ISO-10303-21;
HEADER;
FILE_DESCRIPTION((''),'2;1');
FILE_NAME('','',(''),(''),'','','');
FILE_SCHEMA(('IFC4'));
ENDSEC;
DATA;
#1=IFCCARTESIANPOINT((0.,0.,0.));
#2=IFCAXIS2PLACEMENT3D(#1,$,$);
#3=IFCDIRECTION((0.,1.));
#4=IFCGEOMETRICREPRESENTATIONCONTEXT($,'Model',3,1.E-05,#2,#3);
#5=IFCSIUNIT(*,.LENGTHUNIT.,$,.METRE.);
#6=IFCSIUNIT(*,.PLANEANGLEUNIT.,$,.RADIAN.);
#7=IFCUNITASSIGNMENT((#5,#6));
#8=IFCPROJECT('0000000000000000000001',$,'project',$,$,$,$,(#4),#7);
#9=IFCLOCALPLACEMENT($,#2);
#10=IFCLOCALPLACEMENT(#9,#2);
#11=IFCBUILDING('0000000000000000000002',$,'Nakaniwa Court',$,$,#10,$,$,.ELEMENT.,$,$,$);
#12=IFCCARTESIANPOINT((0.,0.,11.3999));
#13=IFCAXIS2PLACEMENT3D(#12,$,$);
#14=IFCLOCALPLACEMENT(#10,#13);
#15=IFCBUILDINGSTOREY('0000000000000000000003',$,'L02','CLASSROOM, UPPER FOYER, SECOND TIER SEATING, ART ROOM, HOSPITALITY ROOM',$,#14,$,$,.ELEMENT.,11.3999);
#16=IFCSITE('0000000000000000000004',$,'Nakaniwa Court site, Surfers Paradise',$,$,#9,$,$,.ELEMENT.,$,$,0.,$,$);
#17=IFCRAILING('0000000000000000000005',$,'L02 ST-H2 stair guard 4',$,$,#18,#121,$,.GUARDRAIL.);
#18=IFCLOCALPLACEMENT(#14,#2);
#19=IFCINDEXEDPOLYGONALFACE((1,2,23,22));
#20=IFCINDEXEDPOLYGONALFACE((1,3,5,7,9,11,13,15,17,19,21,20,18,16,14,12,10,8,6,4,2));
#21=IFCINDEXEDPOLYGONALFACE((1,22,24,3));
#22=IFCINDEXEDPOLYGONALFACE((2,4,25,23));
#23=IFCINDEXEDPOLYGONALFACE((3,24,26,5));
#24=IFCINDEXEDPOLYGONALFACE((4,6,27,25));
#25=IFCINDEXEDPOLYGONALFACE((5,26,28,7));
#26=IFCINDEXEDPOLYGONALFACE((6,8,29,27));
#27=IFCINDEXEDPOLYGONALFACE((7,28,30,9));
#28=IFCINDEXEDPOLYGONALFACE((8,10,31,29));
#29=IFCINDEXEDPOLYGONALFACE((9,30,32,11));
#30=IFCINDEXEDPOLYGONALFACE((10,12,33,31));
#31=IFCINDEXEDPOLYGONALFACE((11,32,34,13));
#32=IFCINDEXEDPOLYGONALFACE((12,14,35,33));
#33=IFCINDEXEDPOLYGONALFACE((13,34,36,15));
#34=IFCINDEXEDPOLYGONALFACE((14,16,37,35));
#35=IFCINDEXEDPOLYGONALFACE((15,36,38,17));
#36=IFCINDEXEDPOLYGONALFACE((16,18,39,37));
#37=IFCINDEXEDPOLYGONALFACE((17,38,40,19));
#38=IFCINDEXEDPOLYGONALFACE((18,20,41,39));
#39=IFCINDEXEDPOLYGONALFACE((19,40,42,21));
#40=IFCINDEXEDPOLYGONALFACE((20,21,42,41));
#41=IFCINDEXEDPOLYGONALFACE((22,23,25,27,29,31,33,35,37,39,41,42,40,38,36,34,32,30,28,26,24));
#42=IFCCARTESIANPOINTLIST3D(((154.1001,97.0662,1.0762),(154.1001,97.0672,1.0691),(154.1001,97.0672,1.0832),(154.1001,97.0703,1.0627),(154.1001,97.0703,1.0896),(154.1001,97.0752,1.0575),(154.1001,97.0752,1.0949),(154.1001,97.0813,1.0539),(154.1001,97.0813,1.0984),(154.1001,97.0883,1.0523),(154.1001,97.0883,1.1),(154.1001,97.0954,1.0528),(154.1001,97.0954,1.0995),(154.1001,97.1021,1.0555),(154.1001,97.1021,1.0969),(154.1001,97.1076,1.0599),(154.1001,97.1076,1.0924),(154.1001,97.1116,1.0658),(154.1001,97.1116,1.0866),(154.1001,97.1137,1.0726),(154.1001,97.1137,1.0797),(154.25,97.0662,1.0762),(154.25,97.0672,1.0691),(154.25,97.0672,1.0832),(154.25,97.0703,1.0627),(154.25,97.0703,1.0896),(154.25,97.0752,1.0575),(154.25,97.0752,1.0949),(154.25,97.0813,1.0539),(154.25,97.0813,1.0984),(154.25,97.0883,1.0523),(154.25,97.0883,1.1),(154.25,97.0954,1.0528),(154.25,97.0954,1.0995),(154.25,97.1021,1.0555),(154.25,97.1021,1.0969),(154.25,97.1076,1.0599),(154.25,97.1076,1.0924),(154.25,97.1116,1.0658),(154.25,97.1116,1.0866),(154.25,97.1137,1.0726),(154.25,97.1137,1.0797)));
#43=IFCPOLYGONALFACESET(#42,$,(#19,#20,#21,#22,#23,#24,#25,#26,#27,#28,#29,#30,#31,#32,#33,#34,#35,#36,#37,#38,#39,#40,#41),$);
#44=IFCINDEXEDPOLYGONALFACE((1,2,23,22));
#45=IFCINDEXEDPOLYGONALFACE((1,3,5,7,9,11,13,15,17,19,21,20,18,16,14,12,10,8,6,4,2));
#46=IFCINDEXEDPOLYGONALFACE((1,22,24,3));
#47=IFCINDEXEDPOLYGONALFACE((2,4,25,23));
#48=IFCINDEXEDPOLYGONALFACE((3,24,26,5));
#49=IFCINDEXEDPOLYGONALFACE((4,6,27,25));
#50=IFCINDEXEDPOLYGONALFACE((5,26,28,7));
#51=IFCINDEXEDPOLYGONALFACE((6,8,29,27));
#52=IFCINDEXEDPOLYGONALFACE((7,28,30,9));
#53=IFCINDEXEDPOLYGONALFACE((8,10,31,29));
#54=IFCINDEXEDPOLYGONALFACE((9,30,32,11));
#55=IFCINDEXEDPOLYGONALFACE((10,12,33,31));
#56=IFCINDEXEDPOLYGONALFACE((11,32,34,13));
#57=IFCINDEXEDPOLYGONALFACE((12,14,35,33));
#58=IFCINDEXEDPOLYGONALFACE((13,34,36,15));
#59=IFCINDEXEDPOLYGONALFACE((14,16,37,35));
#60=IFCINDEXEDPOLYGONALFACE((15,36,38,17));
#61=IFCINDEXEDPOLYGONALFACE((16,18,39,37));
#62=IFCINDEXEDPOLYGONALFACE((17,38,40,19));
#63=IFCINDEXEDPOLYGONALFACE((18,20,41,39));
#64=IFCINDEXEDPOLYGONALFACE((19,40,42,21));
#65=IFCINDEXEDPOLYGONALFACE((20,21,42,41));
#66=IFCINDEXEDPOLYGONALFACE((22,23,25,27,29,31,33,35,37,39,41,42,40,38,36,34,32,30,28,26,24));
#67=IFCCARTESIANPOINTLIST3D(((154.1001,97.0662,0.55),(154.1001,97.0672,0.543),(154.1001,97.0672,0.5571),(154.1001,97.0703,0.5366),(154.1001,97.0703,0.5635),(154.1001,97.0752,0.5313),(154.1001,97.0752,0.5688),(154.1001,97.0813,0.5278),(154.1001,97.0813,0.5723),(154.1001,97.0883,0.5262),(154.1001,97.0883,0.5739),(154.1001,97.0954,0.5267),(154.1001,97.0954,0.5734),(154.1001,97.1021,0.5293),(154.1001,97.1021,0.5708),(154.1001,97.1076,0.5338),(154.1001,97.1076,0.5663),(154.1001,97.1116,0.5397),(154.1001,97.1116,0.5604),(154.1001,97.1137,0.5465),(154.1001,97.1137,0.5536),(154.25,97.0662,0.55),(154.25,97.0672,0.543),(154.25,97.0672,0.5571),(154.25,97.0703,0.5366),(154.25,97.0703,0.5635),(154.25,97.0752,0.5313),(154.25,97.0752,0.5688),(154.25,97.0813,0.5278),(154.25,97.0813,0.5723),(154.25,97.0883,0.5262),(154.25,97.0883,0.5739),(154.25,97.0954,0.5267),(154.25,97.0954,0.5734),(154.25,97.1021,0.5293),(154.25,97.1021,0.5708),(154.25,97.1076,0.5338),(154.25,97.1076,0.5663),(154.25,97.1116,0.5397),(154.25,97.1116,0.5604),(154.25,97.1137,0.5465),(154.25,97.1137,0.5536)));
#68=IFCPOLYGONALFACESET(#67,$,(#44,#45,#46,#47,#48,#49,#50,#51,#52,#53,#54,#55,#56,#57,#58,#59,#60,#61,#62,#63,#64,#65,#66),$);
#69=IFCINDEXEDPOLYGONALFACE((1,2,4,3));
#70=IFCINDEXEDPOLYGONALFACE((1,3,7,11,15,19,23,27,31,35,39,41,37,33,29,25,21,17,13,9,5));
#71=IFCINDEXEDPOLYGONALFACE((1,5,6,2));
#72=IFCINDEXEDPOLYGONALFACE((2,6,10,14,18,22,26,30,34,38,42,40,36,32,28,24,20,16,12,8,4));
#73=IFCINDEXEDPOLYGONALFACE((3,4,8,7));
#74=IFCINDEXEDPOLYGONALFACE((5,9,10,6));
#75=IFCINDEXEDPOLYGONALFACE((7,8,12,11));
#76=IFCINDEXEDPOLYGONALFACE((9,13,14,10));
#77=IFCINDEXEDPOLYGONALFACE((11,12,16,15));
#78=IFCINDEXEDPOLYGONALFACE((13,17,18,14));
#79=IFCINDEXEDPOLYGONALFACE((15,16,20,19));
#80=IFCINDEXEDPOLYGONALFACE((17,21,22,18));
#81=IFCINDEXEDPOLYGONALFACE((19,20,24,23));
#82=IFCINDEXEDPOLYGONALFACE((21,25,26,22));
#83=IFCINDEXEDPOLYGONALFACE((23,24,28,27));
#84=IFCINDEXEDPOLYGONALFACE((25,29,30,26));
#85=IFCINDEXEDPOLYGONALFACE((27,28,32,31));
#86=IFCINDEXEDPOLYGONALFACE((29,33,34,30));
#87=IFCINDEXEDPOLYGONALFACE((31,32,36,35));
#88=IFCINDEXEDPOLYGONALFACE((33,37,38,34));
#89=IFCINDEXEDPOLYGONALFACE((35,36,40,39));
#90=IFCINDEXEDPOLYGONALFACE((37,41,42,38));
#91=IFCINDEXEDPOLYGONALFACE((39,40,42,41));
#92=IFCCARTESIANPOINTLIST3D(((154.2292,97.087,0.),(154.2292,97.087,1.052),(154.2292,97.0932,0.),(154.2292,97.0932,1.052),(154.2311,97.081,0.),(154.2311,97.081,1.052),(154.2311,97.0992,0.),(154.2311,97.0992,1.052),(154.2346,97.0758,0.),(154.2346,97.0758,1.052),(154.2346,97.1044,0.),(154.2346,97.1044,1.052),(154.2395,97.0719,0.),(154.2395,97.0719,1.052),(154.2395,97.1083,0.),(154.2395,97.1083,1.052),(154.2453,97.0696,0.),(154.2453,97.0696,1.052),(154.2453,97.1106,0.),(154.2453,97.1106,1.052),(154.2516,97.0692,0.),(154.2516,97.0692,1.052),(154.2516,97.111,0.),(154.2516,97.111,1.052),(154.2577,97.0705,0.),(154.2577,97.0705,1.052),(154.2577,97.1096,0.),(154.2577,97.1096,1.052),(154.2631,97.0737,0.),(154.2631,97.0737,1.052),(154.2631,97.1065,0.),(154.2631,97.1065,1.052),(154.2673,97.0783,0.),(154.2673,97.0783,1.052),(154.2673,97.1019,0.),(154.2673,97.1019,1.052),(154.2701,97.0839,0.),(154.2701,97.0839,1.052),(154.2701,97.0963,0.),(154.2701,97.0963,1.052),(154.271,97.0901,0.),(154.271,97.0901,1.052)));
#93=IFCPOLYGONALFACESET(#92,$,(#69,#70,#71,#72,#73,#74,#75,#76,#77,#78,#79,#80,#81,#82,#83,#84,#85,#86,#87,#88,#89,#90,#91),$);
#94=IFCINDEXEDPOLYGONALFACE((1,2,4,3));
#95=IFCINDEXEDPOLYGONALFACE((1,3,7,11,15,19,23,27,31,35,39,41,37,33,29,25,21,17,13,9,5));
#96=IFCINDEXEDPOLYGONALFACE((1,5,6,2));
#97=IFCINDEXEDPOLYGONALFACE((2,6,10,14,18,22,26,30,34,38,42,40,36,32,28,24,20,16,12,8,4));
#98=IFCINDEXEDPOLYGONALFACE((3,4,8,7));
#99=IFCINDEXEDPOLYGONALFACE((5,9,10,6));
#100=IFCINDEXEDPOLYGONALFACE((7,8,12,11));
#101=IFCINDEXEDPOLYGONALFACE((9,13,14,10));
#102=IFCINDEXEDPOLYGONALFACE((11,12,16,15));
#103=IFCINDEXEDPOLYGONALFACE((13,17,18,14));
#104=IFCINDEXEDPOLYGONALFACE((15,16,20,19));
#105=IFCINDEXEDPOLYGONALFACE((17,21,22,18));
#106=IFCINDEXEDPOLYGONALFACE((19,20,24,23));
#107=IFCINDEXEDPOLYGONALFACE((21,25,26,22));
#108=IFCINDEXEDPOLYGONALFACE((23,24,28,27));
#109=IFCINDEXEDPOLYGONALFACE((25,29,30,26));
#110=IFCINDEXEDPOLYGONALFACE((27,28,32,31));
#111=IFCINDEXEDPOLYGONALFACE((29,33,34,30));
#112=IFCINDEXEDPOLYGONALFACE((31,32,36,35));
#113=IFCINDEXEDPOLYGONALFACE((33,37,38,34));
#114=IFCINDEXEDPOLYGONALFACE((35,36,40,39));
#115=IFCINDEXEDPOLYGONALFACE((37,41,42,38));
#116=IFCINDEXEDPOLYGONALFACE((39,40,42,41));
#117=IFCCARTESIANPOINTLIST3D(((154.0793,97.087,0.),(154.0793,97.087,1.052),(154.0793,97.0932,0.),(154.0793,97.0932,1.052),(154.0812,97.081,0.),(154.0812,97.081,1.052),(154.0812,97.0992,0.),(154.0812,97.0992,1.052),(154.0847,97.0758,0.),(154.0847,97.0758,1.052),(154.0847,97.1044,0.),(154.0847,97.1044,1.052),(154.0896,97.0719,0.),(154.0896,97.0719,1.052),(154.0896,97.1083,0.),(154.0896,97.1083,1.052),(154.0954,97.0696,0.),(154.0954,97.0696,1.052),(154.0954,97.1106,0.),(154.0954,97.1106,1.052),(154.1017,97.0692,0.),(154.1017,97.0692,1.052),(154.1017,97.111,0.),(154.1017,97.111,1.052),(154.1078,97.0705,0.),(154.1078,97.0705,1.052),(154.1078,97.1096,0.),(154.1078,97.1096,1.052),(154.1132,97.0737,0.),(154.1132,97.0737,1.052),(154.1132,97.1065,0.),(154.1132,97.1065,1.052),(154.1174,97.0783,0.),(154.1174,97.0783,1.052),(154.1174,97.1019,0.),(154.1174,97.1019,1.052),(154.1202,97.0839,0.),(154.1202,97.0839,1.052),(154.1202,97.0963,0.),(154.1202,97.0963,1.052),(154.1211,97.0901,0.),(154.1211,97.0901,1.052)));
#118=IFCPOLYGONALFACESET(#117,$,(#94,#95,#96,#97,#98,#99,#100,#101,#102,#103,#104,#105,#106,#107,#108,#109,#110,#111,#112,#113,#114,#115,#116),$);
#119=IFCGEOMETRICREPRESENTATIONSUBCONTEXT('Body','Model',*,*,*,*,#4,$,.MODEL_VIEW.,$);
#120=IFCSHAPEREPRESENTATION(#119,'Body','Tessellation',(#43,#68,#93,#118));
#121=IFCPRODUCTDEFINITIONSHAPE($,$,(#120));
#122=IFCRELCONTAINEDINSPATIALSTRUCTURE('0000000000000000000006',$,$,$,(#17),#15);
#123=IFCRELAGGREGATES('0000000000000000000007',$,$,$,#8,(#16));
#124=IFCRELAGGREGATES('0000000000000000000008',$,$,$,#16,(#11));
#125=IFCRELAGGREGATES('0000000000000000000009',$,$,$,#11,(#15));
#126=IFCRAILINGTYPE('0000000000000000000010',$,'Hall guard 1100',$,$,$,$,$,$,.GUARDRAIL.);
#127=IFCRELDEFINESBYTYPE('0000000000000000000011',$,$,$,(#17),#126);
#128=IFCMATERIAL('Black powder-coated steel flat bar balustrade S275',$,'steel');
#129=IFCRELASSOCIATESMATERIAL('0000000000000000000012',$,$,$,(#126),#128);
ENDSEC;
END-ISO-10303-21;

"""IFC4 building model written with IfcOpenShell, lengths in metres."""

from ifc_helpers import new_model, si_unit, direction, frame, origin, origin_2d, place, context, subcontext, project, spatial, circle, extrude, material, type_object, element, save


model = new_model("IFC4")

# Units and contexts
model_context = context("Model", 3, precision=1e-05, world=origin(), true_north=direction((0.0, 1.0)))
body_context = subcontext(model_context, "Body", "Model", "MODEL_VIEW")
ifc_project = project(units=[si_unit("LENGTHUNIT", "METRE"), si_unit("PLANEANGLEUNIT", "RADIAN")], contexts=[model_context])

# Site, building, storey
site_placement = place(None, origin())
site = spatial("IfcSite", under=ifc_project, at=site_placement, Name="Nakaniwa Court site, Surfers Paradise", CompositionType="ELEMENT", RefElevation=0.0)
building_placement = place(site_placement, origin())
building = spatial("IfcBuilding", under=site, at=building_placement, Name="Nakaniwa Court", CompositionType="ELEMENT")
storey_placement = place(building_placement, frame((0.0, 0.0, 11.3999)))
storey = spatial("IfcBuildingStorey", under=building, at=storey_placement, Name="L02", Description="CLASSROOM, UPPER FOYER, SECOND TIER SEATING, ART ROOM, HOSPITALITY ROOM", CompositionType="ELEMENT", Elevation=11.3999)

# Railing
ifc_material_1 = material(Name="Black powder-coated steel flat bar balustrade S275", Category="steel")
railing_type_1 = type_object("IfcRailingType", Name="Hall guard 1100", PredefinedType="GUARDRAIL", material=ifc_material_1)
railing_1_placement = place(storey_placement, frame((154.25, 97.0901, 0.0)))
element("IfcRailing", 1, at=railing_1_placement, inside=storey, type_object=railing_type_1, Name="L02 ST-H2 stair guard 4", PredefinedType="GUARDRAIL", context=body_context, shape_type="SweptSolid", body=[
    extrude(circle(Radius=0.0239, at=origin_2d()), frame((0.0, 0.0, 1.0762), z_axis=(-1.0, 0.0, 0.0), x_axis=(0.0, -1.0, 0.0)), (0.0, 0.0, 1.0), 0.1499),
    extrude(circle(Radius=0.0239, at=origin_2d()), frame((0.0, 0.0, 0.55), z_axis=(-1.0, 0.0, 0.0), x_axis=(0.0, -1.0, 0.0)), (0.0, 0.0, 1.0), 0.1499),
    extrude(circle(Radius=0.021, at=origin_2d()), origin(), (0.0, 0.0, 1.0), 1.052),
    extrude(circle(Radius=0.021, at=origin_2d()), frame((-0.1499, 0.0, 0.0)), (0.0, 0.0, 1.0), 1.052),
])

save(model, "model.ifc")
